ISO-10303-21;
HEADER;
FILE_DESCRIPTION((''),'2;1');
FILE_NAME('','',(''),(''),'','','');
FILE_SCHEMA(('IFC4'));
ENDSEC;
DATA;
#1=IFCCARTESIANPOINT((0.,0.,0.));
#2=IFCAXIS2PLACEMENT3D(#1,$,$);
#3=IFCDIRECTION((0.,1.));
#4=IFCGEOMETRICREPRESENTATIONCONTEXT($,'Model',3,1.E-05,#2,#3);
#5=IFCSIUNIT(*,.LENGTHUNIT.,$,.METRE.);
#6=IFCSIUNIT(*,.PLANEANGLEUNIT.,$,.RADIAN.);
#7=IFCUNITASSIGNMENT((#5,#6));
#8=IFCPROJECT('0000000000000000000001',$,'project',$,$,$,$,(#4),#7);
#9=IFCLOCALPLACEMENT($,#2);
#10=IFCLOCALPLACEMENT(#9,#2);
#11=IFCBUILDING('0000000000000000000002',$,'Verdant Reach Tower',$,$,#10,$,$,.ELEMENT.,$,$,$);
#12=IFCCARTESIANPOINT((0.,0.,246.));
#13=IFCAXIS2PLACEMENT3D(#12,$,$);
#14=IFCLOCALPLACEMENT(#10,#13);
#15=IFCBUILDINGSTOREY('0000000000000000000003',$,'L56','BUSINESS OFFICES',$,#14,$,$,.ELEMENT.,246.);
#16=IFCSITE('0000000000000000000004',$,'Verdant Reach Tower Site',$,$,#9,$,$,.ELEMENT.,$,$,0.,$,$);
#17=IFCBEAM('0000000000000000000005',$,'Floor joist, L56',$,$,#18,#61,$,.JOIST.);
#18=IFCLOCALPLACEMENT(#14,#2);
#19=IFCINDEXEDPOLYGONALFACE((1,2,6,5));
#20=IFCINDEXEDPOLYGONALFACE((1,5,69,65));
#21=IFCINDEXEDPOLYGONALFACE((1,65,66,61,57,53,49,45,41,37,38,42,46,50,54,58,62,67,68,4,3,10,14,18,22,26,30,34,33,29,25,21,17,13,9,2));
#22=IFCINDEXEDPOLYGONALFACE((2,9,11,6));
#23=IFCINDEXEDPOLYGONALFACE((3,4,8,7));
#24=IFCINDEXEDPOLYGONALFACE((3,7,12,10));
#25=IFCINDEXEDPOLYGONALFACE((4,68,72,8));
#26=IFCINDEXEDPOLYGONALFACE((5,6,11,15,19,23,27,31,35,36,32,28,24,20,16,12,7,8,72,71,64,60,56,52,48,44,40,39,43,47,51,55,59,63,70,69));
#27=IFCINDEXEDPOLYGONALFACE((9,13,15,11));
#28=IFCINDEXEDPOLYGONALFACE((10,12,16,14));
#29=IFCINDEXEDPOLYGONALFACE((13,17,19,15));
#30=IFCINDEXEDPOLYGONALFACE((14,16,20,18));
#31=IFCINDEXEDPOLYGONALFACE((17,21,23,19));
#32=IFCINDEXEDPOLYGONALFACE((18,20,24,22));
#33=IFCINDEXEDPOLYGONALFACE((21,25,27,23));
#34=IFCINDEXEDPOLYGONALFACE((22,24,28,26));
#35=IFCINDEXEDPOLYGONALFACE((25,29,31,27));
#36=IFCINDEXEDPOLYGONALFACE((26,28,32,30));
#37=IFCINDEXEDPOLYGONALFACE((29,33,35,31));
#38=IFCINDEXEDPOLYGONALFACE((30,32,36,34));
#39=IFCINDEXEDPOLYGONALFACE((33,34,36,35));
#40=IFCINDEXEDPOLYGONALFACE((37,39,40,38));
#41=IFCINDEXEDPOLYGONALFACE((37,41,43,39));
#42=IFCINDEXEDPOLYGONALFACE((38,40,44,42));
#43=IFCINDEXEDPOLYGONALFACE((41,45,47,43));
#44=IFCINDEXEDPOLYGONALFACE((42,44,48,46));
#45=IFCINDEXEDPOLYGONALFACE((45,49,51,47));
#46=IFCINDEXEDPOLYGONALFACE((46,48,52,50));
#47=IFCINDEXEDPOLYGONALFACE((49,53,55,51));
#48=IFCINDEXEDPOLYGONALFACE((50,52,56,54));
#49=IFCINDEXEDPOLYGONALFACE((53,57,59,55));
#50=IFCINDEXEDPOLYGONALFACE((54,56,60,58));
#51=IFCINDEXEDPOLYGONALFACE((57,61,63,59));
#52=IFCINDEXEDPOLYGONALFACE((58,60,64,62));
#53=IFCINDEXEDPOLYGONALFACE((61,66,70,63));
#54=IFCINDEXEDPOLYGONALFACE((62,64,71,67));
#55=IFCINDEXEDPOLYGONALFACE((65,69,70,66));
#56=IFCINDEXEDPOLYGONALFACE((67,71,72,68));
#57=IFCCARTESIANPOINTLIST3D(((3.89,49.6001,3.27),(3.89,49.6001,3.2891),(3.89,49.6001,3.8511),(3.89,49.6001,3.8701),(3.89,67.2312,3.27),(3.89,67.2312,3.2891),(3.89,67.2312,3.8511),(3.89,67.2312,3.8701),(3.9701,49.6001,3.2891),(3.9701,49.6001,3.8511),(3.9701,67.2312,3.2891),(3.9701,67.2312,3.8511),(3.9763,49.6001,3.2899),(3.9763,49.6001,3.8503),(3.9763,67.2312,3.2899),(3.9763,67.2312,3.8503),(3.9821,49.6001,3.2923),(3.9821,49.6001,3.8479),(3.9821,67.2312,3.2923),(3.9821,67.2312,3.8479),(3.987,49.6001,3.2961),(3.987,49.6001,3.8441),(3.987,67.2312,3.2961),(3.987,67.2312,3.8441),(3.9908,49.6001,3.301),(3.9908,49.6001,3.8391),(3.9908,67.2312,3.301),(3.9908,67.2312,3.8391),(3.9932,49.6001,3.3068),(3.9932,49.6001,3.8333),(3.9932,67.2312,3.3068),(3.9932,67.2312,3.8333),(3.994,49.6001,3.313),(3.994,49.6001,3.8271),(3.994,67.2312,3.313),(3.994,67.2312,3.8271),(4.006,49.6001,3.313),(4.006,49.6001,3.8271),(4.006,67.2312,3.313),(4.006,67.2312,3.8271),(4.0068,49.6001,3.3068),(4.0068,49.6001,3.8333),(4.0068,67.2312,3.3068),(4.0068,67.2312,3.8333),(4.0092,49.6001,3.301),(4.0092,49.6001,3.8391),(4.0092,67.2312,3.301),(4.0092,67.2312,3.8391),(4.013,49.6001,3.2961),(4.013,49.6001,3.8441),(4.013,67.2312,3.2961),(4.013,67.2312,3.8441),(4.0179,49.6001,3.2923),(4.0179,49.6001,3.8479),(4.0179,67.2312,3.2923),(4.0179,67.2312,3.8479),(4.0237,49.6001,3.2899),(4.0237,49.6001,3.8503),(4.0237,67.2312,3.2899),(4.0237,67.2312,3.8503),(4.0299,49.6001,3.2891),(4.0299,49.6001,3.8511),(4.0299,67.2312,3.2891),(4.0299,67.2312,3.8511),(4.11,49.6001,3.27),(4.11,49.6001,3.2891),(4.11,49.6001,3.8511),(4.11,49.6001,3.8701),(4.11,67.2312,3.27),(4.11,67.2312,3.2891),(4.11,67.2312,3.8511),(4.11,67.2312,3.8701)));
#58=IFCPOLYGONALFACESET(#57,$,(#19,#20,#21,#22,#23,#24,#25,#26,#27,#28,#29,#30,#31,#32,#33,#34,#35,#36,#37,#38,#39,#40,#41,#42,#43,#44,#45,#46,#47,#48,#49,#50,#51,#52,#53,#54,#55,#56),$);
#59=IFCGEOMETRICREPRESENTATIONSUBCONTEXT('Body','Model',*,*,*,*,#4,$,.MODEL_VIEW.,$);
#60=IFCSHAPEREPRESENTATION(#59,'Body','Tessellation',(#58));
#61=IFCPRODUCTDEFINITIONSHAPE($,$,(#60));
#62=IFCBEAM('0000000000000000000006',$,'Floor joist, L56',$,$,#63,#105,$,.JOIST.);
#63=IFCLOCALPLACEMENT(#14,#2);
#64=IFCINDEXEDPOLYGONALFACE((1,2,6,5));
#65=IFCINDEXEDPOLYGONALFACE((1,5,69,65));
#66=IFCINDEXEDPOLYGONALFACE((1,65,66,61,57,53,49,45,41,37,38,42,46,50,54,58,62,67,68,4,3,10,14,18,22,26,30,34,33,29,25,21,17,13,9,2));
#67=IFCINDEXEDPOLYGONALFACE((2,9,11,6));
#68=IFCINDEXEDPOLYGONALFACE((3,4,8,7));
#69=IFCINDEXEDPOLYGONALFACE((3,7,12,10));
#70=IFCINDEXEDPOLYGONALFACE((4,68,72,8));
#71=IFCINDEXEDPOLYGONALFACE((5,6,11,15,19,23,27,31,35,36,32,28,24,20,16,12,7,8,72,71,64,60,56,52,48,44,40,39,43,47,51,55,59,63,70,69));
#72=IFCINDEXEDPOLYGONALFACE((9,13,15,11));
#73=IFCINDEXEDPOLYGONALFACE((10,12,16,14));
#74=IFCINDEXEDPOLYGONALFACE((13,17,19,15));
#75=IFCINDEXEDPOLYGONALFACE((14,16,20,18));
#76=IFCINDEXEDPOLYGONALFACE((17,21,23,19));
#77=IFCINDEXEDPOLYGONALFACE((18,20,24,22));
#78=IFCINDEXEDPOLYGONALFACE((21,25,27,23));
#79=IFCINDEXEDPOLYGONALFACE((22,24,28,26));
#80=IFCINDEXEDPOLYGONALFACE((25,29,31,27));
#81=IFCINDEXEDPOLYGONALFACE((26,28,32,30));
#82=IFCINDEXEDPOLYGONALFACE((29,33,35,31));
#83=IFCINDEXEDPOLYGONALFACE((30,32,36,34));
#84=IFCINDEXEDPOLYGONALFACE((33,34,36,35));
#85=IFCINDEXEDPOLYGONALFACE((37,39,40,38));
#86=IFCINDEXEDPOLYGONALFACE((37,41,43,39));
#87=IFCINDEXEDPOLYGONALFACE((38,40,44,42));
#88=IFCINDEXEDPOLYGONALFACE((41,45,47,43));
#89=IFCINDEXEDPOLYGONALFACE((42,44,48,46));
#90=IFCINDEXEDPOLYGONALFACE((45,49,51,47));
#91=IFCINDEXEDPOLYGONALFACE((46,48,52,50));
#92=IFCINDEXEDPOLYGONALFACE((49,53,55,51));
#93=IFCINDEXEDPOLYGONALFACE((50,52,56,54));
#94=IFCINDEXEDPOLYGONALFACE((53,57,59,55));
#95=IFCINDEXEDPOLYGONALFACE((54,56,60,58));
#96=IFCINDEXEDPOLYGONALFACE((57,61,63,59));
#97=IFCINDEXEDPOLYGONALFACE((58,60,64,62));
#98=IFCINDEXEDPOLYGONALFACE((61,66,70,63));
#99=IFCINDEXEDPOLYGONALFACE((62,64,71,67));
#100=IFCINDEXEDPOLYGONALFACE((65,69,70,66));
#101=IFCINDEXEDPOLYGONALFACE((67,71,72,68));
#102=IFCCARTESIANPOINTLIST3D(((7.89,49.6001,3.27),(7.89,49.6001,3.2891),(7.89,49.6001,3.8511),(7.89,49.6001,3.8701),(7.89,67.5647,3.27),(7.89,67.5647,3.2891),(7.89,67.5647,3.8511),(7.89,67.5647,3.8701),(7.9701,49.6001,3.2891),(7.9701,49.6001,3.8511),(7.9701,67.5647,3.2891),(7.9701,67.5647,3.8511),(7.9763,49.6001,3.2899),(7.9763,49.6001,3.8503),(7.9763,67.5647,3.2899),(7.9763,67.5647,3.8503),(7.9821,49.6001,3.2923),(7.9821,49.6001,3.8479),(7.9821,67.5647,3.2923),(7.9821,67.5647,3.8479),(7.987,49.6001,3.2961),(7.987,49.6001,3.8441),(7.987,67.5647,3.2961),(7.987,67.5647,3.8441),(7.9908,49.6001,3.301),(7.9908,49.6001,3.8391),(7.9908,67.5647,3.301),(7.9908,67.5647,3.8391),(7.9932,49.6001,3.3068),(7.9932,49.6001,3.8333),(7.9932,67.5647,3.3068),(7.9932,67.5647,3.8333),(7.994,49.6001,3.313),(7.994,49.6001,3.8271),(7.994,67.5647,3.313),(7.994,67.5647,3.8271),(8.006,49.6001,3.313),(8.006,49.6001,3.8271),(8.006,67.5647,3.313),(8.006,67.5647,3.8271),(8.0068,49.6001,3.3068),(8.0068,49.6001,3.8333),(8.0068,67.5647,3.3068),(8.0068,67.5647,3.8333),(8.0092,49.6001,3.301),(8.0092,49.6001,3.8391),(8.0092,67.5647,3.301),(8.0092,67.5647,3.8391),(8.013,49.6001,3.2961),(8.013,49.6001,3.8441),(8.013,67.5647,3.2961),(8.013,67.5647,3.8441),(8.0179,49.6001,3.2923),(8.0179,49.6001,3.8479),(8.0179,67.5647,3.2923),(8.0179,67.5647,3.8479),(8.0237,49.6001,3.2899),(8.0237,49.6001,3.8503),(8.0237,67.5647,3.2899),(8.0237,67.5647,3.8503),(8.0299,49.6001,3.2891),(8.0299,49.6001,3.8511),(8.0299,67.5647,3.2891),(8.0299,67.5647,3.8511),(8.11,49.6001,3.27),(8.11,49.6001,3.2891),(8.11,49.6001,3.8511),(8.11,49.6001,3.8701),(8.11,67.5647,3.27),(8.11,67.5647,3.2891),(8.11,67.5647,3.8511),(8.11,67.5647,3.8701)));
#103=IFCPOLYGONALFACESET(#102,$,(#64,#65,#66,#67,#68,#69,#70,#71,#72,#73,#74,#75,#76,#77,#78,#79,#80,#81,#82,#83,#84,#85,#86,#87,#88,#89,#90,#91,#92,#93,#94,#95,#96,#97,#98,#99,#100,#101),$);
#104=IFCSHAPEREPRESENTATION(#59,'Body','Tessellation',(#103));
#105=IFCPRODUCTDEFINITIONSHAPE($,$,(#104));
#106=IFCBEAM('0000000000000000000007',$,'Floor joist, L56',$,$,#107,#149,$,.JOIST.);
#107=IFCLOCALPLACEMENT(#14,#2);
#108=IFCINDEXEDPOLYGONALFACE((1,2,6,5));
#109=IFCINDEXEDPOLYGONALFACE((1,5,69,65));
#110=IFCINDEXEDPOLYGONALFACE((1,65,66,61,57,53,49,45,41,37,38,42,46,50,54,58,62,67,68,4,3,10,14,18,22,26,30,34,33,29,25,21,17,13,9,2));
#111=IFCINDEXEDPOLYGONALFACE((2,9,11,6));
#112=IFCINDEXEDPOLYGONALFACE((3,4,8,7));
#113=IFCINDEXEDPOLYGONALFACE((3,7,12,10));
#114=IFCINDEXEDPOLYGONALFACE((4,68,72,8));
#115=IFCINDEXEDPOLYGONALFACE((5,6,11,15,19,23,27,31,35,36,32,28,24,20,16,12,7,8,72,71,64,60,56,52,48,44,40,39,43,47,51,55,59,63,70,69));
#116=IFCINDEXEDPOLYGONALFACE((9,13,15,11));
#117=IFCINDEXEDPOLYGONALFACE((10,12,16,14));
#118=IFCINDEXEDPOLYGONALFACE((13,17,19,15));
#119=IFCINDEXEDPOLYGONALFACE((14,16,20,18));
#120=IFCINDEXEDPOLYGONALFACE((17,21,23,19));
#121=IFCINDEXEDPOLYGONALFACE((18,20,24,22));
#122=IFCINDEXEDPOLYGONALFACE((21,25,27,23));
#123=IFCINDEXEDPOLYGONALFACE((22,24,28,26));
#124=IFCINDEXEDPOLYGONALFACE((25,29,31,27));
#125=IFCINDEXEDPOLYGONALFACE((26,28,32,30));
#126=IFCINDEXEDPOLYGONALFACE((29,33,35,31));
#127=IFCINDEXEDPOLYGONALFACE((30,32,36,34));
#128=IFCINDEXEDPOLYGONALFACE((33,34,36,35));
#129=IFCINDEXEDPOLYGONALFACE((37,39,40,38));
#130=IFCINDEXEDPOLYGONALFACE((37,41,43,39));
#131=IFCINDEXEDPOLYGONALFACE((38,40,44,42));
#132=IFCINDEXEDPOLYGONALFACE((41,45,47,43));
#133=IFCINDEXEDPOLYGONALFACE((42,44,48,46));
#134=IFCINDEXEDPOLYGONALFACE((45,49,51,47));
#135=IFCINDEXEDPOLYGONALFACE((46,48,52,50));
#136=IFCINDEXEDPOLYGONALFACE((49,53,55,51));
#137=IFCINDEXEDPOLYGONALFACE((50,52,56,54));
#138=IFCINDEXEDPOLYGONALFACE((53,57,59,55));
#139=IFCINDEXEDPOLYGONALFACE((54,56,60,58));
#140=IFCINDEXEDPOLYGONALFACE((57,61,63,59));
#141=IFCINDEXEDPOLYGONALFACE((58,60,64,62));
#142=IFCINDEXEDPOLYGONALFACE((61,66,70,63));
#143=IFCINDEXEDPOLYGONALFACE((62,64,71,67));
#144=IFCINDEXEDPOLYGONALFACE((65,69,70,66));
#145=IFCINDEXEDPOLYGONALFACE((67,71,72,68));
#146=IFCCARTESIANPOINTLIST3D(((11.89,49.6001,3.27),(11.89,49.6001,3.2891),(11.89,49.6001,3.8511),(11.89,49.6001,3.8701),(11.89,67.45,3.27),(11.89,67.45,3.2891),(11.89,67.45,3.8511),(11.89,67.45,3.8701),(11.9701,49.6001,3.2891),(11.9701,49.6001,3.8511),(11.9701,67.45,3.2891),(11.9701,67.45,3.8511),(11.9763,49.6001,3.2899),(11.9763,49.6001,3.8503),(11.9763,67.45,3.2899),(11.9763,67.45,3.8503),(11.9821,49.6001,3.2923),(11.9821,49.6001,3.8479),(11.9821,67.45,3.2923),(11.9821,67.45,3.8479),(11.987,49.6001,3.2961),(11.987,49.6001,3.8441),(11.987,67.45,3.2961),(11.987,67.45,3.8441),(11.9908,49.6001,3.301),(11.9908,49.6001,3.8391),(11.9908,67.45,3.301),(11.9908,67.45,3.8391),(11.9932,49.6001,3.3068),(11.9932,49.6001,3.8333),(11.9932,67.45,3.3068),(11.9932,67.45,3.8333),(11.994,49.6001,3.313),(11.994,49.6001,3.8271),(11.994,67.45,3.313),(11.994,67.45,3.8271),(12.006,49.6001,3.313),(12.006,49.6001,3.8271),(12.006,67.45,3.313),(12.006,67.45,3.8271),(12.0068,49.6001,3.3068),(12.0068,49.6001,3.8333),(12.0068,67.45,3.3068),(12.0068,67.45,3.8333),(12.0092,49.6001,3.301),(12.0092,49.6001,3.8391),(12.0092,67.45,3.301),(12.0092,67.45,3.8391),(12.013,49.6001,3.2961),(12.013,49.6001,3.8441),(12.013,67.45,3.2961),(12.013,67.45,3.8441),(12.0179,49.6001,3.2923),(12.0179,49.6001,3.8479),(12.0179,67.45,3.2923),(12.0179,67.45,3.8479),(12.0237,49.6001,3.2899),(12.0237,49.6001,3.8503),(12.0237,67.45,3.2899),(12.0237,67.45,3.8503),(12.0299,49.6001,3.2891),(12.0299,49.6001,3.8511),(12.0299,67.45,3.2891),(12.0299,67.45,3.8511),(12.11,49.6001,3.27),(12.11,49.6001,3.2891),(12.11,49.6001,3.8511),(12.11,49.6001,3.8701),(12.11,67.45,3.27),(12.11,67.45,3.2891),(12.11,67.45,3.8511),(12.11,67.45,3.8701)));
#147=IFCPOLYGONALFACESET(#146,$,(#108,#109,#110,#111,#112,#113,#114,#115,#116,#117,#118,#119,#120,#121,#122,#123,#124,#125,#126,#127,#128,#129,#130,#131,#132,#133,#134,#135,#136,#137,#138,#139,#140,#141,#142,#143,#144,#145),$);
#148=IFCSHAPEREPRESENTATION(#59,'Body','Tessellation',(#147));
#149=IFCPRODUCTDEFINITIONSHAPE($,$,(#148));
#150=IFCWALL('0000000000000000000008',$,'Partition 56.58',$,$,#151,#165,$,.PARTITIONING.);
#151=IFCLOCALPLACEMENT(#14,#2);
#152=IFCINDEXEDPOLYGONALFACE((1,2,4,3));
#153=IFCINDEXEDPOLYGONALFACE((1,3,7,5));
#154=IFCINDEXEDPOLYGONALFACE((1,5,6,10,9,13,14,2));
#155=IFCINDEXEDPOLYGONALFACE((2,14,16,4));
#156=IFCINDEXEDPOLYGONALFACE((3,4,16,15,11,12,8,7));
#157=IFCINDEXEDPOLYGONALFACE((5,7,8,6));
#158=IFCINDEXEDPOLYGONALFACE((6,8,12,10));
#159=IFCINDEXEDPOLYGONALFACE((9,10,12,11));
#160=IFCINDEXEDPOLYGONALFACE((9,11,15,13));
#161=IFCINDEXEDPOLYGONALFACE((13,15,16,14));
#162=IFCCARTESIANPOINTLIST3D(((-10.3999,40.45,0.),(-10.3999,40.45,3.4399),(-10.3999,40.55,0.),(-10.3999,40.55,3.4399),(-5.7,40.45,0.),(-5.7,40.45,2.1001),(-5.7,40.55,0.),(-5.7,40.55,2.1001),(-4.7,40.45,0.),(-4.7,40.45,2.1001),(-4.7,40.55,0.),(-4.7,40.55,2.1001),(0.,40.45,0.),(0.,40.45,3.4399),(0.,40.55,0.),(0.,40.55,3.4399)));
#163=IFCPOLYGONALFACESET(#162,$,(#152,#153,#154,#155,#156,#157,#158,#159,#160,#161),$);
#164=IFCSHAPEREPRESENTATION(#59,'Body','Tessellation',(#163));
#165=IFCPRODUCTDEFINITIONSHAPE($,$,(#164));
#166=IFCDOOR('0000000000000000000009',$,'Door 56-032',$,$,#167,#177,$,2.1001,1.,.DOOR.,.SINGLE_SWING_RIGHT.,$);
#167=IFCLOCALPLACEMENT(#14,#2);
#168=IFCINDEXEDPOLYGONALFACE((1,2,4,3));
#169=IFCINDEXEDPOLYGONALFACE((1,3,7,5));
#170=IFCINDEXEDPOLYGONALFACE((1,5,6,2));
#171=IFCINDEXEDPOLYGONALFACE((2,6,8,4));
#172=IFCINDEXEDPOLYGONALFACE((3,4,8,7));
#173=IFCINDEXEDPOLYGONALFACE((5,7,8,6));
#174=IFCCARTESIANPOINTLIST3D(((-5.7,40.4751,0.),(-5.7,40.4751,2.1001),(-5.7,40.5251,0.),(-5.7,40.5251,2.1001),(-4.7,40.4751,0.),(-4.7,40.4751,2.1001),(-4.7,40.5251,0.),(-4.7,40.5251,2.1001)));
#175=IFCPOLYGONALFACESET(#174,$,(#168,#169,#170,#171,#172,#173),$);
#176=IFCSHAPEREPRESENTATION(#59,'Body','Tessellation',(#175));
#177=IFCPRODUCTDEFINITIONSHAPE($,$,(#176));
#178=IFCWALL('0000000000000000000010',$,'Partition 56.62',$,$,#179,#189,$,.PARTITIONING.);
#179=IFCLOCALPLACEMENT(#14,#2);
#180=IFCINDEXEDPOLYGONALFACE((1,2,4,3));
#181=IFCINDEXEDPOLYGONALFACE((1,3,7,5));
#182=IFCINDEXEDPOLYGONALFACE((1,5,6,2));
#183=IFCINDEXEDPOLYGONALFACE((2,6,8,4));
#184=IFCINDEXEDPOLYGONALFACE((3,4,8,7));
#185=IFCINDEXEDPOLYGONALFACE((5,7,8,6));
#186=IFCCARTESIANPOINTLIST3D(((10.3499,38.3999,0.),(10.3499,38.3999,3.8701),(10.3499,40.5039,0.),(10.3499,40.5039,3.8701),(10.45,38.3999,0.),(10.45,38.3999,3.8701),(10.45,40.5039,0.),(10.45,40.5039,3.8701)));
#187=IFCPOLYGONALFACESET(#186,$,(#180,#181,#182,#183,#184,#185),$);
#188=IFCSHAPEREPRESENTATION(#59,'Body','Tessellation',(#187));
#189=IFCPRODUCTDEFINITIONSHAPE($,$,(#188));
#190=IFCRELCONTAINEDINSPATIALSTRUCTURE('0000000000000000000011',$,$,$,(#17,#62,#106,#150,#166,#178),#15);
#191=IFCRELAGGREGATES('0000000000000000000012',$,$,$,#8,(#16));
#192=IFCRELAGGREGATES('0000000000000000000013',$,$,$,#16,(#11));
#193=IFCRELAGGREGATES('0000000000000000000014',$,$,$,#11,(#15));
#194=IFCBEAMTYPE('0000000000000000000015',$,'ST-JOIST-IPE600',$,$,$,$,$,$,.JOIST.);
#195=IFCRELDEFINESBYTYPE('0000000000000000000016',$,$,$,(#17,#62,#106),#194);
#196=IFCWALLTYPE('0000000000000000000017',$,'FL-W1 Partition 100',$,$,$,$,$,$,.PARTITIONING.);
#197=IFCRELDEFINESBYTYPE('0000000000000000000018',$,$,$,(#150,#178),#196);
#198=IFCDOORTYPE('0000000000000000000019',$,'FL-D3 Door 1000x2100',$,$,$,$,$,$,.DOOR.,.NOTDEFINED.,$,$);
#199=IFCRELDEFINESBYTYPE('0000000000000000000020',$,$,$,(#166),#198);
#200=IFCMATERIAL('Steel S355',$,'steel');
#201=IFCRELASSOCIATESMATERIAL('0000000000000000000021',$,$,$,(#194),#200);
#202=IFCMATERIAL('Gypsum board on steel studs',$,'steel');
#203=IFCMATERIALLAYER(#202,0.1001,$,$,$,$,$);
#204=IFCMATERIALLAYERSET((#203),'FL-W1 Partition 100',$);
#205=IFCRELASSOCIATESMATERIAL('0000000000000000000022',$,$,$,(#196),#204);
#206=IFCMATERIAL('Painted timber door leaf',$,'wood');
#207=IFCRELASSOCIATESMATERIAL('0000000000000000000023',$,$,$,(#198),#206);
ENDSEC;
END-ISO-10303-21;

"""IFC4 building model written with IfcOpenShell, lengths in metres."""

from ifc_helpers import new_model, si_unit, direction, frame, frame_2d, origin, origin_2d, place, context, subcontext, project, spatial, rectangle, i_section, extrude, material, layer, layer_set, material_profile, profile_set, type_object, element, fill, save


model = new_model("IFC4")

# Units and contexts
model_context = context("Model", 3, precision=1e-05, world=origin(), true_north=direction((0.0, 1.0)))
body_context = subcontext(model_context, "Body", "Model", "MODEL_VIEW")
ifc_project = project(units=[si_unit("LENGTHUNIT", "METRE"), si_unit("PLANEANGLEUNIT", "RADIAN")], contexts=[model_context])

# Site, building, storey
site_placement = place(None, origin())
site = spatial("IfcSite", under=ifc_project, at=site_placement, Name="Verdant Reach Tower Site", CompositionType="ELEMENT", RefElevation=0.0)
building_placement = place(site_placement, origin())
building = spatial("IfcBuilding", under=site, at=building_placement, Name="Verdant Reach Tower", CompositionType="ELEMENT")
storey_placement = place(building_placement, frame((0.0, 0.0, 246.0)))
storey = spatial("IfcBuildingStorey", under=building, at=storey_placement, Name="L56", Description="BUSINESS OFFICES", CompositionType="ELEMENT", Elevation=246.0)

# Beams
ifc_material_1 = material(Name="Steel S355", Category="steel")
ifc_material_profile_1 = material_profile(ifc_material_1, i_section(OverallWidth=0.22, OverallDepth=0.6001, WebThickness=0.012, FlangeThickness=0.019, FilletRadius=0.0239, at=origin_2d()), Name="IPE 600")
ifc_profile_set_1 = profile_set([ifc_material_profile_1], Name="Steel S355")
beam_type_1 = type_object("IfcBeamType", Name="ST-JOIST-IPE600", PredefinedType="JOIST", material=ifc_profile_set_1)
beam_1_placement = place(storey_placement, frame((4.0, 49.6001, 3.5701), z_axis=(0.0, 1.0, 0.0), x_axis=(-1.0, 0.0, 0.0)))
element("IfcBeam", 1, at=beam_1_placement, inside=storey, type_object=beam_type_1, Name="Floor joist, L56", PredefinedType="JOIST", context=body_context, shape_type="SweptSolid", body=[
    extrude(i_section(OverallWidth=0.22, OverallDepth=0.6001, WebThickness=0.012, FlangeThickness=0.019, FilletRadius=0.0239, at=origin_2d()), origin(), (0.0, 0.0, 1.0), 17.6311),
])
beam_2_placement = place(storey_placement, frame((8.0, 49.6001, 3.5701), z_axis=(0.0, 1.0, 0.0), x_axis=(-1.0, 0.0, 0.0)))
element("IfcBeam", 2, at=beam_2_placement, inside=storey, type_object=beam_type_1, Name="Floor joist, L56", PredefinedType="JOIST", context=body_context, shape_type="SweptSolid", body=[
    extrude(i_section(OverallWidth=0.22, OverallDepth=0.6001, WebThickness=0.012, FlangeThickness=0.019, FilletRadius=0.0239, at=origin_2d()), origin(), (0.0, 0.0, 1.0), 17.9646),
])
beam_3_placement = place(storey_placement, frame((12.0, 49.6001, 3.5701), z_axis=(0.0, 1.0, 0.0), x_axis=(-1.0, 0.0, 0.0)))
element("IfcBeam", 3, at=beam_3_placement, inside=storey, type_object=beam_type_1, Name="Floor joist, L56", PredefinedType="JOIST", context=body_context, shape_type="SweptSolid", body=[
    extrude(i_section(OverallWidth=0.22, OverallDepth=0.6001, WebThickness=0.012, FlangeThickness=0.019, FilletRadius=0.0239, at=origin_2d()), origin(), (0.0, 0.0, 1.0), 17.8499),
])

# Wall, opening, door
ifc_material_2 = material(Name="Gypsum board on steel studs", Category="steel")
ifc_layer_1 = layer(ifc_material_2, 0.1001)
ifc_layer_set_1 = layer_set([ifc_layer_1], Name="FL-W1 Partition 100")
wall_type_1 = type_object("IfcWallType", Name="FL-W1 Partition 100", PredefinedType="PARTITIONING", material=ifc_layer_set_1)
wall_1_placement = place(storey_placement, frame((0.0, 40.5, 0.0), z_axis=(0.0, 0.0, 1.0), x_axis=(-1.0, 0.0, 0.0)))
wall_1 = element("IfcWall", 4, at=wall_1_placement, inside=storey, type_object=wall_type_1, Name="Partition 56.58", PredefinedType="PARTITIONING", context=body_context, shape_type="SweptSolid", body=[
    extrude(rectangle(XDim=10.3999, YDim=0.1001, at=frame_2d((5.2, 0.0))), origin(), (0.0, 0.0, 1.0), 3.4399),
])
opening_1_placement = place(wall_1_placement, frame((4.7, 0.0, 0.0)))
opening_1 = element("IfcOpeningElement", 5, at=opening_1_placement, cuts=wall_1, PredefinedType="OPENING", context=body_context, shape_type="SweptSolid", body=[
    extrude(rectangle(XDim=1.0, YDim=2.1001, at=frame_2d((0.5, 1.05))), frame((0.0, 0.0601, 0.0), z_axis=(0.0, -1.0, 0.0), x_axis=(1.0, 0.0, 0.0)), (0.0, 0.0, 1.0), 0.1201),
])
ifc_material_3 = material(Name="Painted timber door leaf", Category="wood")
door_type_1 = type_object("IfcDoorType", Name="FL-D3 Door 1000x2100", OperationType="NOTDEFINED", PredefinedType="DOOR", material=ifc_material_3)
door_1_placement = place(opening_1_placement, origin())
door_1 = element("IfcDoor", 6, at=door_1_placement, inside=storey, type_object=door_type_1, Name="Door 56-032", OperationType="SINGLE_SWING_RIGHT", OverallHeight=2.1001, OverallWidth=1.0, PredefinedType="DOOR", context=body_context, shape_type="SweptSolid", body=[
    extrude(rectangle(XDim=1.0, YDim=2.1001, at=frame_2d((0.5, 1.05))), frame((0.0, 0.0249, 0.0), z_axis=(0.0, -1.0, 0.0), x_axis=(1.0, 0.0, 0.0)), (0.0, 0.0, 1.0), 0.05),
])
fill(opening_1, door_1)

# Wall
wall_2_placement = place(storey_placement, frame((10.3999, 40.5039, 0.0), z_axis=(0.0, 0.0, 1.0), x_axis=(0.0, -1.0, 0.0)))
element("IfcWall", 7, at=wall_2_placement, inside=storey, type_object=wall_type_1, Name="Partition 56.62", PredefinedType="PARTITIONING", context=body_context, shape_type="SweptSolid", body=[
    extrude(rectangle(XDim=2.104, YDim=0.1001, at=frame_2d((1.052, 0.0))), origin(), (0.0, 0.0, 1.0), 3.8701),
])

save(model, "model.ifc")
